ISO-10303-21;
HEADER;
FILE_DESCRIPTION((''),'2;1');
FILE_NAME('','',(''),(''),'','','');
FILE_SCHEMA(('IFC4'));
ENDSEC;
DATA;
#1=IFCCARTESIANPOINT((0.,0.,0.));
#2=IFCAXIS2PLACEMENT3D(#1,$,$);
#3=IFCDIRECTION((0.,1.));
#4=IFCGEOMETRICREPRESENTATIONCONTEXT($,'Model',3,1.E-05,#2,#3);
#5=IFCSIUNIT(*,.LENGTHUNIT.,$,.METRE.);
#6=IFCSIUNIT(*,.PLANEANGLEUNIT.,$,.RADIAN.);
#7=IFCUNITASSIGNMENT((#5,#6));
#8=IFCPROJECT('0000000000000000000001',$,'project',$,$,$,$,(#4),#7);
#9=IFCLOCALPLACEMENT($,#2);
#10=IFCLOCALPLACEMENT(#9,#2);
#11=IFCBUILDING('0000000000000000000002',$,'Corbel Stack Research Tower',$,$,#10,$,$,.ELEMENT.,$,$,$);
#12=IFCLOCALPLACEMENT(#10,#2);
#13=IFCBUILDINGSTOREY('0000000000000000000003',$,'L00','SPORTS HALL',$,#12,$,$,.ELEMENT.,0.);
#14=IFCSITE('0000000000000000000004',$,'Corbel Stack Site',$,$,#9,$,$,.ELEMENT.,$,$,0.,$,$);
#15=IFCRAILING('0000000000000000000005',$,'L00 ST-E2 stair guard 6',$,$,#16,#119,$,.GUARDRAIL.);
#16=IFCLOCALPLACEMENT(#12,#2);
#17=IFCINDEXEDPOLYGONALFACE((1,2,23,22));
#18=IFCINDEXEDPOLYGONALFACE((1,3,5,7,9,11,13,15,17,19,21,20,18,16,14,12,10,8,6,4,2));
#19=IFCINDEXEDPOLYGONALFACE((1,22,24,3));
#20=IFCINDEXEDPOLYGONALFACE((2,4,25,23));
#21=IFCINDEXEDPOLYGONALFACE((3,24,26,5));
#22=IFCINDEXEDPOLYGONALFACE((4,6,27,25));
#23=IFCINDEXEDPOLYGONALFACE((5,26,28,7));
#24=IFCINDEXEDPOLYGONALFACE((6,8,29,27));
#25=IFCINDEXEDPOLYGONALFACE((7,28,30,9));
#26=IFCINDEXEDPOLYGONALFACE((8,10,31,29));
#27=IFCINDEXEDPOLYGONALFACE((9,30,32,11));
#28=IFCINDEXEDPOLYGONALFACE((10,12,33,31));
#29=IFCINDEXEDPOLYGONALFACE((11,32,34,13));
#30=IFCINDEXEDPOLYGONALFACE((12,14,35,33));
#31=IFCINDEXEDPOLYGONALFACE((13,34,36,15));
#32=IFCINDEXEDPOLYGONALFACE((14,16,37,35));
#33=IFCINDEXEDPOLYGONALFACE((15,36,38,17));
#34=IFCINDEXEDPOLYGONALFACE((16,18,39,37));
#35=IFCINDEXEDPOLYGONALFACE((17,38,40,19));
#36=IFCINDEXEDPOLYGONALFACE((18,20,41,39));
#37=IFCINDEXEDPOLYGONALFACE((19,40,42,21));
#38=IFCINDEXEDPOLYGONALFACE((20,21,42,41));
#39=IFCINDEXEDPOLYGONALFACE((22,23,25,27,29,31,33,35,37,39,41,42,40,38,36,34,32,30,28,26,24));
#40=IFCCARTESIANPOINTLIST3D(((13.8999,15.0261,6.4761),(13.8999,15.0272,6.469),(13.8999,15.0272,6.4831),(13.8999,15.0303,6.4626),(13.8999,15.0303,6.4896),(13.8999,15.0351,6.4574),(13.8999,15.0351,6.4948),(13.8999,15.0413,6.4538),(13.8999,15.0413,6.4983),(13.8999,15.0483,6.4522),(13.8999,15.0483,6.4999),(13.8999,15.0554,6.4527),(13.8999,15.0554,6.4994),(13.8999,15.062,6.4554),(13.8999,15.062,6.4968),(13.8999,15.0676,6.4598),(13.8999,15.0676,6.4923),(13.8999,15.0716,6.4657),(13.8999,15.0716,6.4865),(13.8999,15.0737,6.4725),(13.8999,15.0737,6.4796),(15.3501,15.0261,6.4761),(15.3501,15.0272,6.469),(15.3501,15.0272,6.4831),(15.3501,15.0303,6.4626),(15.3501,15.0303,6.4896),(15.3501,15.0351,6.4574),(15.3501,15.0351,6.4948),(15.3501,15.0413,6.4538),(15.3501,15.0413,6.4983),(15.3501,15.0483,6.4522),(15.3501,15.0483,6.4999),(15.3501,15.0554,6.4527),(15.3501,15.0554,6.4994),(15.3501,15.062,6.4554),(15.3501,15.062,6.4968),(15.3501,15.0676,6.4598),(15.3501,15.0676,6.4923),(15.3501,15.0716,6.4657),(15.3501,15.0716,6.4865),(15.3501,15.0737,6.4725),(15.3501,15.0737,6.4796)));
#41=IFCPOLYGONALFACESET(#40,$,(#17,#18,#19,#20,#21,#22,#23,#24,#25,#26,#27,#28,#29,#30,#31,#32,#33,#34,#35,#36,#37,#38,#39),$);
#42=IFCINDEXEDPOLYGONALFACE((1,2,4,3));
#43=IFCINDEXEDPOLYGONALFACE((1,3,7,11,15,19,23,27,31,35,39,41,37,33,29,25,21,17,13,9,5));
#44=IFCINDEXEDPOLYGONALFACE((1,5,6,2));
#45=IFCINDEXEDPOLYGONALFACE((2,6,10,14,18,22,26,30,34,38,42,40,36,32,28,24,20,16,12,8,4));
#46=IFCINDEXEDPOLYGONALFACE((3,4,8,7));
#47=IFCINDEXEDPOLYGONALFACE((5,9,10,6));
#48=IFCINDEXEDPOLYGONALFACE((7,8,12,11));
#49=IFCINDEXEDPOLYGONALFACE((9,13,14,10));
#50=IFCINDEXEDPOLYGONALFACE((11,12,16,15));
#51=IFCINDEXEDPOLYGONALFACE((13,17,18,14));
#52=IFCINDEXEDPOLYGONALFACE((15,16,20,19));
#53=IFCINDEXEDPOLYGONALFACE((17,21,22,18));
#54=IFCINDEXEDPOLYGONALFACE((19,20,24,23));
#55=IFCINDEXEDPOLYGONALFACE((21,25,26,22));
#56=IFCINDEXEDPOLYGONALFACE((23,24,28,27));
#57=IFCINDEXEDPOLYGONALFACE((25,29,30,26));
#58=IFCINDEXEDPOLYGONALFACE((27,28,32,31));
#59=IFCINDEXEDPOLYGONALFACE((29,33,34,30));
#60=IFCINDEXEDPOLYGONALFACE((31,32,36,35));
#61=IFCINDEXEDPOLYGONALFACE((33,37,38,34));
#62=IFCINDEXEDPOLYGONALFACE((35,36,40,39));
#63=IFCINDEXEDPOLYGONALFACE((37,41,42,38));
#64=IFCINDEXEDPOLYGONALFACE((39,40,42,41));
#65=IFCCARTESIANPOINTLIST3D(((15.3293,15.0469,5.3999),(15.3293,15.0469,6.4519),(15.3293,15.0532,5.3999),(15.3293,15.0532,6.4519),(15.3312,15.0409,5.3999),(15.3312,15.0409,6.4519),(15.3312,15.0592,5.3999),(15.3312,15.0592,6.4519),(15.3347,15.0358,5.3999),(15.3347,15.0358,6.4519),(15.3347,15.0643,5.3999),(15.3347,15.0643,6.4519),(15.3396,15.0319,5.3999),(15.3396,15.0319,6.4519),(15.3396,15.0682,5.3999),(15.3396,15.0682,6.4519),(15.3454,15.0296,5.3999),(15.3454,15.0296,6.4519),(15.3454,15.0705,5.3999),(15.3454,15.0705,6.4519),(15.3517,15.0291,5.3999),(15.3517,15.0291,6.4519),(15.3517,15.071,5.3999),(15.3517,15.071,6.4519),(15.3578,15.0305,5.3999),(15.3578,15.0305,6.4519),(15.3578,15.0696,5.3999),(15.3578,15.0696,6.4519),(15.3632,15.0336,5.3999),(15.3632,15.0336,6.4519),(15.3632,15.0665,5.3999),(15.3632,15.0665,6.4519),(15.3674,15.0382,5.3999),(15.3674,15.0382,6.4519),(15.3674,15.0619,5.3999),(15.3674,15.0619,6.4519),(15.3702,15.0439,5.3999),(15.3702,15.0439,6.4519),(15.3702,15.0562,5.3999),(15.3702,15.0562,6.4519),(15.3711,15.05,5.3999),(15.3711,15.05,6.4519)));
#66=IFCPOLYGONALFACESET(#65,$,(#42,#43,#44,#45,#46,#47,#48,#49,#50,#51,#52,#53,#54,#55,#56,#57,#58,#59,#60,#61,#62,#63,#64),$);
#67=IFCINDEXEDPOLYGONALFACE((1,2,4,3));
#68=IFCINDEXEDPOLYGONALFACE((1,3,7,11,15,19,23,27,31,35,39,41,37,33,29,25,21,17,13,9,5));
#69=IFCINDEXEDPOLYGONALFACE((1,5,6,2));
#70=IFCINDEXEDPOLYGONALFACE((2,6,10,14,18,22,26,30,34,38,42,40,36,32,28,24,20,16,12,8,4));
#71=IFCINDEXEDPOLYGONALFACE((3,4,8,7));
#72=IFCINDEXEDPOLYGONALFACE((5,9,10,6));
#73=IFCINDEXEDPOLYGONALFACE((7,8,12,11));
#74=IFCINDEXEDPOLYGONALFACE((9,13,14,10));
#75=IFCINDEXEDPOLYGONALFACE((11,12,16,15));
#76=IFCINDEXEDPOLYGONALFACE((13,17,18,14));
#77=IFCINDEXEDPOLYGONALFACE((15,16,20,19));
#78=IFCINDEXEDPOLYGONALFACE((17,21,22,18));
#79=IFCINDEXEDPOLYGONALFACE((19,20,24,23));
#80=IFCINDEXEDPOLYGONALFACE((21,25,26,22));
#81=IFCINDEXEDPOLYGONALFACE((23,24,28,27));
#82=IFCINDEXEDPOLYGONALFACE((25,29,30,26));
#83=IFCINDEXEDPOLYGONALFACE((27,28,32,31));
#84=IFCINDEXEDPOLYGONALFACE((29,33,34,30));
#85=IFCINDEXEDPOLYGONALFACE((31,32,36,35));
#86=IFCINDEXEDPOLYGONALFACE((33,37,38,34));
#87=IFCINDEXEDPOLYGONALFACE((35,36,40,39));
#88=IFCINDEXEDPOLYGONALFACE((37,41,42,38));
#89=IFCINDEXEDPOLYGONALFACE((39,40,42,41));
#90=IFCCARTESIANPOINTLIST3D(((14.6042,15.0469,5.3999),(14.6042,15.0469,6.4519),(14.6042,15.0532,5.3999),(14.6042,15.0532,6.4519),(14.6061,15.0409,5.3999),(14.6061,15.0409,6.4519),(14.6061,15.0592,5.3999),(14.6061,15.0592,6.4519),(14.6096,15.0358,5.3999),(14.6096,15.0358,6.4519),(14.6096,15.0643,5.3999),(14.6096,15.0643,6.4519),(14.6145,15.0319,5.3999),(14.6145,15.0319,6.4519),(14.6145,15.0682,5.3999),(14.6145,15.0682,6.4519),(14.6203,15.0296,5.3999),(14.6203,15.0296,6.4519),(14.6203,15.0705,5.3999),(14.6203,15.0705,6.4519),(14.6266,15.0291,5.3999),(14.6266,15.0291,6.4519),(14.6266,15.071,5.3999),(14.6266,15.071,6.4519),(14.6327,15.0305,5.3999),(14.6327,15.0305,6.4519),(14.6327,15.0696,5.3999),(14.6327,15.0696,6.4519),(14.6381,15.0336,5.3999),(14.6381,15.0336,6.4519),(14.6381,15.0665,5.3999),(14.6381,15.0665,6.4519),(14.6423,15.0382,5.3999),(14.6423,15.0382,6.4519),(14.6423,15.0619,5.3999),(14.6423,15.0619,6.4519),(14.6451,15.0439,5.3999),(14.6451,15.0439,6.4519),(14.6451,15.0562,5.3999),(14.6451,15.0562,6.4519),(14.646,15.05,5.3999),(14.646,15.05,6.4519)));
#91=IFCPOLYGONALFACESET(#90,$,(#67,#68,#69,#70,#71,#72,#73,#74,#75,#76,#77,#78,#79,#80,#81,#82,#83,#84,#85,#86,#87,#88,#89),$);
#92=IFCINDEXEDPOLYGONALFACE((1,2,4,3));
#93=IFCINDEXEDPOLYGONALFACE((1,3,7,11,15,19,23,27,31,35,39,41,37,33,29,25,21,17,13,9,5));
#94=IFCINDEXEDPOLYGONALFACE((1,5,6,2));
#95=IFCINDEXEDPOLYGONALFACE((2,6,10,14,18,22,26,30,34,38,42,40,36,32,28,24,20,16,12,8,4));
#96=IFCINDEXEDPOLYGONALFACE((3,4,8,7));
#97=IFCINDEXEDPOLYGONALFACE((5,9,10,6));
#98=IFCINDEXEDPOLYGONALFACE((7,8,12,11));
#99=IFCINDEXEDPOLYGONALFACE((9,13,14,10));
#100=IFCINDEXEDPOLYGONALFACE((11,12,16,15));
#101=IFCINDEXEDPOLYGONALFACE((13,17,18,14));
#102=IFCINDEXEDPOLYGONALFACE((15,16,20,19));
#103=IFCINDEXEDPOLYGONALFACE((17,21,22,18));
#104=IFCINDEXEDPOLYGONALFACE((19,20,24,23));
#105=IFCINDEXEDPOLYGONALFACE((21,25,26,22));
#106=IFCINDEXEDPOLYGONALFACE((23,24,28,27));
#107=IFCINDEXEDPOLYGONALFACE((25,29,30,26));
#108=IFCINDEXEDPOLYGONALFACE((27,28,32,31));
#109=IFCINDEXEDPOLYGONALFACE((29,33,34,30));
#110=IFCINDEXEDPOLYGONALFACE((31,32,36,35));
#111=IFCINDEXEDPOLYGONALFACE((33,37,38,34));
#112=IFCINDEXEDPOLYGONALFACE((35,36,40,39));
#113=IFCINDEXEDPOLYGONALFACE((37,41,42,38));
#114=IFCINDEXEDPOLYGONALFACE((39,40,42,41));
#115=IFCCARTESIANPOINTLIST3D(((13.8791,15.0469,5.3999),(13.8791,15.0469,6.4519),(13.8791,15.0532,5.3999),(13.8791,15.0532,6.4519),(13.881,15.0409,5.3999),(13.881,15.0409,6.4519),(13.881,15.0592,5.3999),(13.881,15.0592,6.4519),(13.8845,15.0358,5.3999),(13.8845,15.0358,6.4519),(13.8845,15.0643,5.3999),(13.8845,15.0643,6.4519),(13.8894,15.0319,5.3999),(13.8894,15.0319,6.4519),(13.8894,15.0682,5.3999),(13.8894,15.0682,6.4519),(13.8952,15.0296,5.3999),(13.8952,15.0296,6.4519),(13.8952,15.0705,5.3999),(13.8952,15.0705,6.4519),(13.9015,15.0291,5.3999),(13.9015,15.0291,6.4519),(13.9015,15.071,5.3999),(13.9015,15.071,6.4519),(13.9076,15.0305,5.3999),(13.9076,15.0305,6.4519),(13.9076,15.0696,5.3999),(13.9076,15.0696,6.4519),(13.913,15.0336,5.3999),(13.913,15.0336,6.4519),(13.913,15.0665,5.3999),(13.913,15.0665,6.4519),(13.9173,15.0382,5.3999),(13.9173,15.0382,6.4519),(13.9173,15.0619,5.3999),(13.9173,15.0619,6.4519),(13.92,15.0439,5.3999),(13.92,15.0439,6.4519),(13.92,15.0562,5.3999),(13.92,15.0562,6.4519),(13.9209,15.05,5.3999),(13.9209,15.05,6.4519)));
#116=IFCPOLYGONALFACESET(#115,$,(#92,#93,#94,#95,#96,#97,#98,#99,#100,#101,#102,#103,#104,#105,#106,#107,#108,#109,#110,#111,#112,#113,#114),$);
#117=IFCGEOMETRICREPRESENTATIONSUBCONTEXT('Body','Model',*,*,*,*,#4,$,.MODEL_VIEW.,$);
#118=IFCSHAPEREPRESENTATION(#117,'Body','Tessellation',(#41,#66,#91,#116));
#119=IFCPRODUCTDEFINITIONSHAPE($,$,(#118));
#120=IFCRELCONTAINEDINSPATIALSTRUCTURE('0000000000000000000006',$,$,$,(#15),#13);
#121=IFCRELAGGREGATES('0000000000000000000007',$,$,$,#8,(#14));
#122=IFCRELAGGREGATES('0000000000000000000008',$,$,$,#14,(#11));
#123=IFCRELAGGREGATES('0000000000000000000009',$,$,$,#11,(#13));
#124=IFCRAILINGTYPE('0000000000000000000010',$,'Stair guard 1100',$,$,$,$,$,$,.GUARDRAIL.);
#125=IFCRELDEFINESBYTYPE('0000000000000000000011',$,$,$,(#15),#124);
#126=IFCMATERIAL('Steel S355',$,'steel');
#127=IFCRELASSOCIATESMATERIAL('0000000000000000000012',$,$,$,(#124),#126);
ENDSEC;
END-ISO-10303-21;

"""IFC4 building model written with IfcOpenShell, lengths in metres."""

from ifc_helpers import new_model, si_unit, direction, frame, origin, origin_2d, place, context, subcontext, project, spatial, circle, extrude, material, type_object, element, save


model = new_model("IFC4")

# Units and contexts
model_context = context("Model", 3, precision=1e-05, world=origin(), true_north=direction((0.0, 1.0)))
body_context = subcontext(model_context, "Body", "Model", "MODEL_VIEW")
ifc_project = project(units=[si_unit("LENGTHUNIT", "METRE"), si_unit("PLANEANGLEUNIT", "RADIAN")], contexts=[model_context])

# Site, building, storey
site_placement = place(None, origin())
site = spatial("IfcSite", under=ifc_project, at=site_placement, Name="Corbel Stack Site", CompositionType="ELEMENT", RefElevation=0.0)
building_placement = place(site_placement, origin())
building = spatial("IfcBuilding", under=site, at=building_placement, Name="Corbel Stack Research Tower", CompositionType="ELEMENT")
storey_placement = place(building_placement, origin())
storey = spatial("IfcBuildingStorey", under=building, at=storey_placement, Name="L00", Description="SPORTS HALL", CompositionType="ELEMENT", Elevation=0.0)

# Railing
ifc_material_1 = material(Name="Steel S355", Category="steel")
railing_type_1 = type_object("IfcRailingType", Name="Stair guard 1100", PredefinedType="GUARDRAIL", material=ifc_material_1)
railing_1_placement = place(storey_placement, frame((15.3501, 15.05, 5.3999)))
element("IfcRailing", 1, at=railing_1_placement, inside=storey, type_object=railing_type_1, Name="L00 ST-E2 stair guard 6", PredefinedType="GUARDRAIL", context=body_context, shape_type="SweptSolid", body=[
    extrude(circle(Radius=0.0239, at=origin_2d()), frame((0.0, 0.0, 1.0762), z_axis=(-1.0, 0.0, 0.0), x_axis=(0.0, -1.0, 0.0)), (0.0, 0.0, 1.0), 1.4502),
    extrude(circle(Radius=0.021, at=origin_2d()), origin(), (0.0, 0.0, 1.0), 1.052),
    extrude(circle(Radius=0.021, at=origin_2d()), frame((-0.7251, 0.0, 0.0)), (0.0, 0.0, 1.0), 1.052),
    extrude(circle(Radius=0.021, at=origin_2d()), frame((-1.4502, 0.0, 0.0)), (0.0, 0.0, 1.0), 1.052),
])

save(model, "model.ifc")
